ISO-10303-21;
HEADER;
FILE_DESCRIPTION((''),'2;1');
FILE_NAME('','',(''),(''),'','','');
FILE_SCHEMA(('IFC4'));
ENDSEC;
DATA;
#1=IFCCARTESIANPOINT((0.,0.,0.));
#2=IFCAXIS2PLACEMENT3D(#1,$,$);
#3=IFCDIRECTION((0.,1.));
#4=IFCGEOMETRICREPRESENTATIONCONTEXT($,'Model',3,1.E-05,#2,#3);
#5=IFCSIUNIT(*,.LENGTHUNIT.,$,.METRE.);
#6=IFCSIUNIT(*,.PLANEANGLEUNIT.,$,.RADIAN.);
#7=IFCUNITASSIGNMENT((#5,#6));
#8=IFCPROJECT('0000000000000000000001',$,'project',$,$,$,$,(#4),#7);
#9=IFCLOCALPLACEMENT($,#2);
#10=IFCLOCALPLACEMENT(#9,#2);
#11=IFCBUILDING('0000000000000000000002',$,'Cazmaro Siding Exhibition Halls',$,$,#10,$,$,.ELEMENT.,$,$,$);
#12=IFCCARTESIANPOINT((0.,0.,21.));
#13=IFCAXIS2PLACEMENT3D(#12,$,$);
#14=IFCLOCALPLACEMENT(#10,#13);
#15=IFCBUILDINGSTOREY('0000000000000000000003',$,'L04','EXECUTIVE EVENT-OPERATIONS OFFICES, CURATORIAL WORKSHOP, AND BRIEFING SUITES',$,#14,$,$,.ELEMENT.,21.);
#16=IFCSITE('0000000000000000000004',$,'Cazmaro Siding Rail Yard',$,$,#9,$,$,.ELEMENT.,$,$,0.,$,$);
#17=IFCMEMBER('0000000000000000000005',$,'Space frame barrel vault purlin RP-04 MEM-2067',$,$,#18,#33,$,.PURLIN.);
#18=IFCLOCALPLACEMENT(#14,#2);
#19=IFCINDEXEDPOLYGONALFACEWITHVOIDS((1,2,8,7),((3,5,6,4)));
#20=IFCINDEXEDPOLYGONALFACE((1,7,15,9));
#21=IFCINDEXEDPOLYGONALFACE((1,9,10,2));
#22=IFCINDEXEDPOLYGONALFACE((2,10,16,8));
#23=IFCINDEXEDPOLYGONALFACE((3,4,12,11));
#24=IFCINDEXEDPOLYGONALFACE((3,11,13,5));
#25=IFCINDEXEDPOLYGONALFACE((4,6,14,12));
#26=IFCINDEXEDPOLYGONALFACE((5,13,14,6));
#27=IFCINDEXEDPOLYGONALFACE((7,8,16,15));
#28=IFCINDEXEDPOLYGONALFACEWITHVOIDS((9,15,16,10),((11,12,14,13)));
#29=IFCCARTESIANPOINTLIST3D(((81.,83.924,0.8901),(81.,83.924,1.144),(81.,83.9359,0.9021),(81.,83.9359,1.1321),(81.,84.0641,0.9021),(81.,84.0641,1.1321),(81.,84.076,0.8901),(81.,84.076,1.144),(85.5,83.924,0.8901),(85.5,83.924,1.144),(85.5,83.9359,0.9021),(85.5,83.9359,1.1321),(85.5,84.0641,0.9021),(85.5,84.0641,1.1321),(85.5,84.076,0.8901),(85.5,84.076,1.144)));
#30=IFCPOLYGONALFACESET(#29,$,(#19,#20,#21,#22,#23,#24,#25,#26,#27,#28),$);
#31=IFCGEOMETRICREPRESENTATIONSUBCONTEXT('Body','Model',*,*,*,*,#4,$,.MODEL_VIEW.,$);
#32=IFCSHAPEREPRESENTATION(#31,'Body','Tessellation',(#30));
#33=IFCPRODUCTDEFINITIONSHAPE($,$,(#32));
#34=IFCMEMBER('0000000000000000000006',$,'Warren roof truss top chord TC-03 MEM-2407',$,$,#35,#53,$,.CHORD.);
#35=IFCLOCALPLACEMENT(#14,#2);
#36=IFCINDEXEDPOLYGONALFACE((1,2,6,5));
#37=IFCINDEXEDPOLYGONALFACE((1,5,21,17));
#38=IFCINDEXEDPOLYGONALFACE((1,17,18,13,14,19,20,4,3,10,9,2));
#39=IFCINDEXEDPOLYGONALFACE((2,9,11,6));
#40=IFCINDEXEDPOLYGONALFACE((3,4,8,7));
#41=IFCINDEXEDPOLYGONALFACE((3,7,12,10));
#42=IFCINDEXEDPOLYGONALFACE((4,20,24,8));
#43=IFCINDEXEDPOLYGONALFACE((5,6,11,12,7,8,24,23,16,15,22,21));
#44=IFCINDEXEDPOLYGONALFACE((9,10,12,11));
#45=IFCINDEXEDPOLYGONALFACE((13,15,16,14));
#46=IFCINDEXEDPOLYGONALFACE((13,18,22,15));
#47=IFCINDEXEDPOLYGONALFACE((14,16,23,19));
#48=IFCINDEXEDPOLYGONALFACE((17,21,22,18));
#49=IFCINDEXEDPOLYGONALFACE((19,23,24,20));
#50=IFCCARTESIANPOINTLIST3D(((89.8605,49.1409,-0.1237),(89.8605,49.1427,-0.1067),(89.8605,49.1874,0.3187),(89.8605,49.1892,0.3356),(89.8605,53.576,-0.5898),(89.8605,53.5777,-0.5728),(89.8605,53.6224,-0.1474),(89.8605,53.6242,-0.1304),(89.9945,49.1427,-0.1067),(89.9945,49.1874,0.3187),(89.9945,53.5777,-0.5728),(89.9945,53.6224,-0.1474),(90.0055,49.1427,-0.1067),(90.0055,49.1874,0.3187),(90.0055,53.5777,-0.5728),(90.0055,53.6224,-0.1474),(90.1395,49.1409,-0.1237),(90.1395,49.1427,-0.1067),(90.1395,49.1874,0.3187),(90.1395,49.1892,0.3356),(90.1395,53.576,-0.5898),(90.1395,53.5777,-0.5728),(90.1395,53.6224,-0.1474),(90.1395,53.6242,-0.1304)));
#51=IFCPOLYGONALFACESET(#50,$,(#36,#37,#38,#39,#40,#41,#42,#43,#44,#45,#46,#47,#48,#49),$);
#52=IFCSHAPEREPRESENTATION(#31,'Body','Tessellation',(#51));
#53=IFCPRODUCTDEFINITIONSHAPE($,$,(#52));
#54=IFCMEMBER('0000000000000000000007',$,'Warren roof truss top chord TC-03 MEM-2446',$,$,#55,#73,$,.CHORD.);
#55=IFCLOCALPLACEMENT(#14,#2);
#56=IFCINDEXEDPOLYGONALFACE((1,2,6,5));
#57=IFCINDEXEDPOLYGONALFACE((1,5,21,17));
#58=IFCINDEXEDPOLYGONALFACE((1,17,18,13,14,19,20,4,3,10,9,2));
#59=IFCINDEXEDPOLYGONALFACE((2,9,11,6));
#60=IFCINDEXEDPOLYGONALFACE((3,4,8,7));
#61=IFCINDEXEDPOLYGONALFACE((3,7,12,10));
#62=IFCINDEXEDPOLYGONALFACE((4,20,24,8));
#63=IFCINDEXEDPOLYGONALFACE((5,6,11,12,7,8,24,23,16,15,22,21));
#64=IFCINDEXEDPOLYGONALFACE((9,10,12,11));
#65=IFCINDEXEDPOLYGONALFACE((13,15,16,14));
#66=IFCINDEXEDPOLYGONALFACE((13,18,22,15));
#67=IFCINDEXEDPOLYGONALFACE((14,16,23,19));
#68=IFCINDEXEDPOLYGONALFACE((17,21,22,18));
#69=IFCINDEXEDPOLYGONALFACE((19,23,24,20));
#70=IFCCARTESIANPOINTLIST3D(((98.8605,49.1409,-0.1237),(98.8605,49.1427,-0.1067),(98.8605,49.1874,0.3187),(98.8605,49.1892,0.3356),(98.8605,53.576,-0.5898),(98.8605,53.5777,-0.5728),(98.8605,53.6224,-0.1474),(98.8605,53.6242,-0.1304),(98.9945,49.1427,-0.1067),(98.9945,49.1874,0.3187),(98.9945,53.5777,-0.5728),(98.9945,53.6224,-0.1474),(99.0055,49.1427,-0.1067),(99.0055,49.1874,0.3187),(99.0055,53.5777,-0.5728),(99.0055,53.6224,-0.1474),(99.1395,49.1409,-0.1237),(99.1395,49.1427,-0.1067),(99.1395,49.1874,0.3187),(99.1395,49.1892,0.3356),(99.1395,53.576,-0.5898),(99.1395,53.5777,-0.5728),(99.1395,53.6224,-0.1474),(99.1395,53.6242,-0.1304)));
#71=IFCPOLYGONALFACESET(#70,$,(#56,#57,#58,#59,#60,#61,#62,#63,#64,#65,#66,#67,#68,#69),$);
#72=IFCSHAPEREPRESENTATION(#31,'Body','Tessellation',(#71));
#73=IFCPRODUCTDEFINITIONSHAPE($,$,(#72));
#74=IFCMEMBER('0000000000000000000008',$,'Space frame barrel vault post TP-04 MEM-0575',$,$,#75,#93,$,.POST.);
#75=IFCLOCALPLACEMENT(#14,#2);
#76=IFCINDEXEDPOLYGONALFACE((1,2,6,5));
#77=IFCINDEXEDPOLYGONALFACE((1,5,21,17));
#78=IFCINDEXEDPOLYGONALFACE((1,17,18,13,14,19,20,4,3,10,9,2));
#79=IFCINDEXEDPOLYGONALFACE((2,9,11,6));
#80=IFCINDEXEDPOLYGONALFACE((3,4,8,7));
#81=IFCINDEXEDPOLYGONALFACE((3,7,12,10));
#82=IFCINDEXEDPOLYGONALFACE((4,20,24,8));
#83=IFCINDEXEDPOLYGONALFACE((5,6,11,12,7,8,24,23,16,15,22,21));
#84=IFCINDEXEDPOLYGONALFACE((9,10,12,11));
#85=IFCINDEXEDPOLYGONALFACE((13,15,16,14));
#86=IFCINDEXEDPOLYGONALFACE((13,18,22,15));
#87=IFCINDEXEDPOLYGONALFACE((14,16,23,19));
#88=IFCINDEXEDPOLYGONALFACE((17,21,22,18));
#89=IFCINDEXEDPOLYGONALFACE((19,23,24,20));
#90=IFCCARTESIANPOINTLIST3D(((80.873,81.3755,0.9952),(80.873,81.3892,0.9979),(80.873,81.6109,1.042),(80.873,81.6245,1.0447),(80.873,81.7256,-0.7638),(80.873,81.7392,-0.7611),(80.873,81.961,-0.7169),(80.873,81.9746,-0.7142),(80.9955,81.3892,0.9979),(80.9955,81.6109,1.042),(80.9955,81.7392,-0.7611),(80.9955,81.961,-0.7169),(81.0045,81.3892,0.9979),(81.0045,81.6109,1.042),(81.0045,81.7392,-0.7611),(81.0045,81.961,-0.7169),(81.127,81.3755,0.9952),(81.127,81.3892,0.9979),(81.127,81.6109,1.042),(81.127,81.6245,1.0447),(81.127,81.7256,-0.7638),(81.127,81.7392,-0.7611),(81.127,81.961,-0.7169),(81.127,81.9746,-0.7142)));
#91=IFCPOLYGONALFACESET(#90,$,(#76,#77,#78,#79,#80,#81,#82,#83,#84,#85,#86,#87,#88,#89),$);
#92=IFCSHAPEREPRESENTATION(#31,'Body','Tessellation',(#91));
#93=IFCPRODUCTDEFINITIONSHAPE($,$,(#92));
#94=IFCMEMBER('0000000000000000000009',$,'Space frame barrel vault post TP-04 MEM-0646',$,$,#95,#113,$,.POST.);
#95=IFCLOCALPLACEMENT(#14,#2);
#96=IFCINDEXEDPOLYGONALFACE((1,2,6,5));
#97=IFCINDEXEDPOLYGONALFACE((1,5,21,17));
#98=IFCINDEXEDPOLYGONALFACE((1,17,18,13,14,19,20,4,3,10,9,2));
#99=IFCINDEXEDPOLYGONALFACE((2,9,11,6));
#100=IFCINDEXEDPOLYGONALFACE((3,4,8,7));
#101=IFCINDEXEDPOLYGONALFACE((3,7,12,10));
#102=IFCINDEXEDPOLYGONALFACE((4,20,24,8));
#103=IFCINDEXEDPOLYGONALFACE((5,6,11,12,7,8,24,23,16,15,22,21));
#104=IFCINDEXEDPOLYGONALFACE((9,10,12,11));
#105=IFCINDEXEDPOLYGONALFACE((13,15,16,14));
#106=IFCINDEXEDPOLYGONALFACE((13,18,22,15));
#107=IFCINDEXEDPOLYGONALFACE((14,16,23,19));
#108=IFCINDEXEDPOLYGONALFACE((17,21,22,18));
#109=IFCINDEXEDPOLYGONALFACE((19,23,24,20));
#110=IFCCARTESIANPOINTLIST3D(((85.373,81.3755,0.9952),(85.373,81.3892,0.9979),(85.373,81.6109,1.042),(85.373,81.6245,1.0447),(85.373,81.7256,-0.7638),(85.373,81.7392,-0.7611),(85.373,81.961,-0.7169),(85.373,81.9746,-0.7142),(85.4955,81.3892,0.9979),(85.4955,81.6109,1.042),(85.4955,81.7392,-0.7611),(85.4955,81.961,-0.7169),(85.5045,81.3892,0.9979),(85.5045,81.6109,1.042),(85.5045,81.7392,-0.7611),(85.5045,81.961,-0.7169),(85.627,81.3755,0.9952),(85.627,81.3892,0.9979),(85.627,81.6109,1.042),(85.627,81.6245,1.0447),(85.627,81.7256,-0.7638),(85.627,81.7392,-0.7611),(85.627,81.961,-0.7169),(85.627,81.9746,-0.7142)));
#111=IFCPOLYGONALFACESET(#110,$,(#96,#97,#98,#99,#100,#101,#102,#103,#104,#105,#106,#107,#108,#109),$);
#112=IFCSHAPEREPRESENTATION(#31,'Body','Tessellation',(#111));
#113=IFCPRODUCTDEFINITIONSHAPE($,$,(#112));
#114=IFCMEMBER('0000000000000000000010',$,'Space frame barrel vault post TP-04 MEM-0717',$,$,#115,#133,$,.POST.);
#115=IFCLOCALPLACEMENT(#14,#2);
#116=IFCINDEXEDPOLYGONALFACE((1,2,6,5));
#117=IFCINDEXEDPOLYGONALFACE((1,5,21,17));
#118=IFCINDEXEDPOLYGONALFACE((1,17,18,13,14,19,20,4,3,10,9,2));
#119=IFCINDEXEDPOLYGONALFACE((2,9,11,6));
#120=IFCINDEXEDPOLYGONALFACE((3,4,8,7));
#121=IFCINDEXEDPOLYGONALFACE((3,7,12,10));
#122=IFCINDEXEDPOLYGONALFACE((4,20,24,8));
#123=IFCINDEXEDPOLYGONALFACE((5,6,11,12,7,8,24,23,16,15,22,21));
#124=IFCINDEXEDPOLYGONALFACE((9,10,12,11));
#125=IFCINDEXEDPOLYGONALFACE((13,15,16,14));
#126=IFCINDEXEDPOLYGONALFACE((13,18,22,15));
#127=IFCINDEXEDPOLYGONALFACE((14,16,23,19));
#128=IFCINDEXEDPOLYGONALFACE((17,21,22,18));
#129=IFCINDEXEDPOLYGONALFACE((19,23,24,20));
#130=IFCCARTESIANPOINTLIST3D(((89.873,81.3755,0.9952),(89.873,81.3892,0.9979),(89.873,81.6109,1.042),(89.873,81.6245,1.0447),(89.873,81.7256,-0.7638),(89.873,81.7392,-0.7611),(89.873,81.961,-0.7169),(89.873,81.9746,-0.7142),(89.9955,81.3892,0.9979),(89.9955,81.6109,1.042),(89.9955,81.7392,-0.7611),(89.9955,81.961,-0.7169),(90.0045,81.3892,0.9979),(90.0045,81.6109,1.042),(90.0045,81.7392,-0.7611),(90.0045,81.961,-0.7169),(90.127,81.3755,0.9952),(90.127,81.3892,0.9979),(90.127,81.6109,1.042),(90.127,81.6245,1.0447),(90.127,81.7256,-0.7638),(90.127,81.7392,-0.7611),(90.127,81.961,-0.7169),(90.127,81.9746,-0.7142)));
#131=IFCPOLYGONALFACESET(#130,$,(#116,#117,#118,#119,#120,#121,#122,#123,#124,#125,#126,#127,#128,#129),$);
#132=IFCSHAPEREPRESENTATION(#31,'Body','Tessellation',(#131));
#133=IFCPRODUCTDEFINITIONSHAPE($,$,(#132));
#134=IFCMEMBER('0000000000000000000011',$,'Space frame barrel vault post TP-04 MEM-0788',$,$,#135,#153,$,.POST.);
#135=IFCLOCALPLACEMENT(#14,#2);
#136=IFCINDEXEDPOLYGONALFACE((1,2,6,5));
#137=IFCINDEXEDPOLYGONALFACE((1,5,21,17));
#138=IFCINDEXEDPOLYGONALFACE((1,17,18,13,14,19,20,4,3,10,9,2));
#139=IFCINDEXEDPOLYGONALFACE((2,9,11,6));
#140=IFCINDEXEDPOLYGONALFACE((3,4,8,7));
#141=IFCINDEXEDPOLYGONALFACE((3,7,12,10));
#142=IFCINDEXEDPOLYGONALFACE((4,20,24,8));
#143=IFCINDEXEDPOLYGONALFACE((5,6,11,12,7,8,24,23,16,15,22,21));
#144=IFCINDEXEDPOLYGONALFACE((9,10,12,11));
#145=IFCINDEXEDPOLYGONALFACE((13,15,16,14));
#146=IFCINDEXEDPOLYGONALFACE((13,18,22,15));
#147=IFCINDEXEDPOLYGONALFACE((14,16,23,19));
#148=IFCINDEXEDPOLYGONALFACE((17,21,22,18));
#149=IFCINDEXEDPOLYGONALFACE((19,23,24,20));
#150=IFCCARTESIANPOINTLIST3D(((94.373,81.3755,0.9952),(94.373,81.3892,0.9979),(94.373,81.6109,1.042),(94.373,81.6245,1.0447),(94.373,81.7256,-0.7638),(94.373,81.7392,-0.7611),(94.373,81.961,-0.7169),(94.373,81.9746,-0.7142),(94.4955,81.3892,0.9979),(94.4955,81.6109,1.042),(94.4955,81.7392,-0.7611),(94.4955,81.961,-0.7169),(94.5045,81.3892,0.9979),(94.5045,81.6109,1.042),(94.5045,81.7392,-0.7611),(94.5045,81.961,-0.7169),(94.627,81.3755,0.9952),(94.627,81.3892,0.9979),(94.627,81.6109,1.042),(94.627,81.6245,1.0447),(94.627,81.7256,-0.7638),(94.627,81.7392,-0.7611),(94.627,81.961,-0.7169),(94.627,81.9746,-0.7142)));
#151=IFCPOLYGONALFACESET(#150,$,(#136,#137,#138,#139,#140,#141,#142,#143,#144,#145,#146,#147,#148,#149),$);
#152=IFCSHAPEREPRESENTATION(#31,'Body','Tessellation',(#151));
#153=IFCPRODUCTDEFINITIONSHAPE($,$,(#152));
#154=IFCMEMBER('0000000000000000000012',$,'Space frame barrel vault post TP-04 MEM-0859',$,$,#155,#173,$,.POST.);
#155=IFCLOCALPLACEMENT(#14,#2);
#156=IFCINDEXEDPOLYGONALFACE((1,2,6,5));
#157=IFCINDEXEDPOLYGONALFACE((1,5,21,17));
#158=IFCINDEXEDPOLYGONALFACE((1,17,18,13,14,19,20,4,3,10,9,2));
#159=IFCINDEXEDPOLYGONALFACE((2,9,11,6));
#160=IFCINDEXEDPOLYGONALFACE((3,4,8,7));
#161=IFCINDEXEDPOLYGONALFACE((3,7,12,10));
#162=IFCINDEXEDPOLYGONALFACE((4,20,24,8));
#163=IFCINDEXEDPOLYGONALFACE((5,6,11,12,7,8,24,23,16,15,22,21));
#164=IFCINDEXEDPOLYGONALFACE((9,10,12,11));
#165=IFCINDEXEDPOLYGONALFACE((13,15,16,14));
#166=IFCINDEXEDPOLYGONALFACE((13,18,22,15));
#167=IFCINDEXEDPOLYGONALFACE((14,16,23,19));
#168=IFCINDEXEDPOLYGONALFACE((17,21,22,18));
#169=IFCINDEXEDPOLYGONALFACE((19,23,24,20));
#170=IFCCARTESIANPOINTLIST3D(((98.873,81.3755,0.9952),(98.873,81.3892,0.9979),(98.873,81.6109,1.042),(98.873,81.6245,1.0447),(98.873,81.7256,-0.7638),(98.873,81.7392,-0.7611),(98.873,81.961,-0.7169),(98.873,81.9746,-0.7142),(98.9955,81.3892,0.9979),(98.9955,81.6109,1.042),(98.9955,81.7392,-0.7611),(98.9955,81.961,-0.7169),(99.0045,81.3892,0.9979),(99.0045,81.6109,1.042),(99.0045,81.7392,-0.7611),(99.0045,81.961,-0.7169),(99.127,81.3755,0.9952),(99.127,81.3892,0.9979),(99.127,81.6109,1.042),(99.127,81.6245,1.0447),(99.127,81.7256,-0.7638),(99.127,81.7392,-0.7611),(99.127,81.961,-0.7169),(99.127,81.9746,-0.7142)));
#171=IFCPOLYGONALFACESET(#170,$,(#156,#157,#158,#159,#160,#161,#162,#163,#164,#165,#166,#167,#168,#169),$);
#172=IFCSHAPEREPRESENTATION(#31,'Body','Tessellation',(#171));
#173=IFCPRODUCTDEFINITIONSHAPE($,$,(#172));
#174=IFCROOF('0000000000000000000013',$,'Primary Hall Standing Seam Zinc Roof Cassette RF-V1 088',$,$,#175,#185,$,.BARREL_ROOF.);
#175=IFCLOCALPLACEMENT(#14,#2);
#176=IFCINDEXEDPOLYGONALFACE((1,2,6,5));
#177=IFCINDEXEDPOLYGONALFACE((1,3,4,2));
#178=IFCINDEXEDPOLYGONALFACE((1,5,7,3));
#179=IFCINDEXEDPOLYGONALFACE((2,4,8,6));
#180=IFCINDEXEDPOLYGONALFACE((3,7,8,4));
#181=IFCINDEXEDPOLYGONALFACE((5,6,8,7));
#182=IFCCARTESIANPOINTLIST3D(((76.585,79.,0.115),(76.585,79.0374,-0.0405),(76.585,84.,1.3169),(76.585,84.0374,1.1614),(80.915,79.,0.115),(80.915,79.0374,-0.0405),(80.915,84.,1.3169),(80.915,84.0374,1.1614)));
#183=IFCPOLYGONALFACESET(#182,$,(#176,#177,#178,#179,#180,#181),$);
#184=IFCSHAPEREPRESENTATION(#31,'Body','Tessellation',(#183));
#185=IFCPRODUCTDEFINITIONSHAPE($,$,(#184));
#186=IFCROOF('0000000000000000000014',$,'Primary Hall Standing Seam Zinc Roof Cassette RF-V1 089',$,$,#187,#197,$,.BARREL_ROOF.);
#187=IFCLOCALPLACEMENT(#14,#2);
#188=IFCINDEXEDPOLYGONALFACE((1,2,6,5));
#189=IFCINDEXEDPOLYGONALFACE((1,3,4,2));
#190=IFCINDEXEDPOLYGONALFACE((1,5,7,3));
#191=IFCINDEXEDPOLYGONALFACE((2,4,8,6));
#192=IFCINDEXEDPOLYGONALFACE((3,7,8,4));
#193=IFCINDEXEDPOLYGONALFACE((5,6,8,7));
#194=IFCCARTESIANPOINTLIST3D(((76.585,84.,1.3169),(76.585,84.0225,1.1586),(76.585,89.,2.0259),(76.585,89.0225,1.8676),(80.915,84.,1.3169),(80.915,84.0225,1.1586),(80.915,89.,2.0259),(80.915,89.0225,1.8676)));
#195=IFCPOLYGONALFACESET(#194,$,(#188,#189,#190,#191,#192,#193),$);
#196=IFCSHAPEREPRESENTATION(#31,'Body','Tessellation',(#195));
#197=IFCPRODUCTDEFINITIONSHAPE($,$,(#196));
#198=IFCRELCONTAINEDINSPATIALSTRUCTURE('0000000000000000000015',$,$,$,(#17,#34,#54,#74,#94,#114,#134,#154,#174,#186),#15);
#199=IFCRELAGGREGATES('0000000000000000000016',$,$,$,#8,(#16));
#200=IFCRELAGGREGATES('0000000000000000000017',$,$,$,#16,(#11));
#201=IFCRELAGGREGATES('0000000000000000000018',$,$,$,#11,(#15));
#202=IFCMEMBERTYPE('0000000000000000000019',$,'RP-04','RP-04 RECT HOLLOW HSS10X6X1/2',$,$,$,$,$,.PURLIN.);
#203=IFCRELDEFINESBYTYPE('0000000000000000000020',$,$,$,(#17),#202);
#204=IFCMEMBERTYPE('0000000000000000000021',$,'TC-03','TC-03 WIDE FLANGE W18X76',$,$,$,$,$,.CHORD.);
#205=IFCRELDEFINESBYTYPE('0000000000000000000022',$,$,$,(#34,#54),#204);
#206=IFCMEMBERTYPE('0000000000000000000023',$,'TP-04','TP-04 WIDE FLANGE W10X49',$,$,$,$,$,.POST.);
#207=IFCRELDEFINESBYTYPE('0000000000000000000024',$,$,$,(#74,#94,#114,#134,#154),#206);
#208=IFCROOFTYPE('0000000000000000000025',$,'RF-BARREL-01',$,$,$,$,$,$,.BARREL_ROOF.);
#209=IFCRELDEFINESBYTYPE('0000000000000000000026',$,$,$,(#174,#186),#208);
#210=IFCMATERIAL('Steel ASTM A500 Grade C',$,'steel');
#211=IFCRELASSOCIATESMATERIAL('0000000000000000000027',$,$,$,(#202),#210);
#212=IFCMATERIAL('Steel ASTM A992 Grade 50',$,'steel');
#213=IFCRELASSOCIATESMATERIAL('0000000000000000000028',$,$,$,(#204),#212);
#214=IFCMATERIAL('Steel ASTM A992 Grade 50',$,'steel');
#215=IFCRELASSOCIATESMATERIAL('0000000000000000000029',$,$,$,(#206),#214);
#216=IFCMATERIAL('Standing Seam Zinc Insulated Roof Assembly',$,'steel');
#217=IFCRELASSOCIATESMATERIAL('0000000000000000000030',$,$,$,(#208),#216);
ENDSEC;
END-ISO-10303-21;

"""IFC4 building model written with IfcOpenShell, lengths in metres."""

from ifc_helpers import new_model, si_unit, direction, frame, origin, origin_2d, place, context, subcontext, project, spatial, polyline, hollow_rectangle, i_section, outline, extrude, material, material_profile, profile_set, type_object, element, save


model = new_model("IFC4")

# Units and contexts
model_context = context("Model", 3, precision=1e-05, world=origin(), true_north=direction((0.0, 1.0)))
body_context = subcontext(model_context, "Body", "Model", "MODEL_VIEW")
ifc_project = project(units=[si_unit("LENGTHUNIT", "METRE"), si_unit("PLANEANGLEUNIT", "RADIAN")], contexts=[model_context])

# Site, building, storey
site_placement = place(None, origin())
site = spatial("IfcSite", under=ifc_project, at=site_placement, Name="Cazmaro Siding Rail Yard", CompositionType="ELEMENT", RefElevation=0.0)
building_placement = place(site_placement, origin())
building = spatial("IfcBuilding", under=site, at=building_placement, Name="Cazmaro Siding Exhibition Halls", CompositionType="ELEMENT")
storey_placement = place(building_placement, frame((0.0, 0.0, 21.0)))
storey = spatial("IfcBuildingStorey", under=building, at=storey_placement, Name="L04", Description="EXECUTIVE EVENT-OPERATIONS OFFICES, CURATORIAL WORKSHOP, AND BRIEFING SUITES", CompositionType="ELEMENT", Elevation=21.0)

# Members
ifc_material_1 = material(Name="Steel ASTM A500 Grade C", Category="steel")
ifc_material_profile_1 = material_profile(ifc_material_1, hollow_rectangle(XDim=0.1521, YDim=0.2539, WallThickness=0.012, at=origin_2d()), Name="HSS10X6X1/2")
ifc_profile_set_1 = profile_set([ifc_material_profile_1], Name="Steel ASTM A500 Grade C")
member_type_1 = type_object("IfcMemberType", Name="RP-04", Description="RP-04 RECT HOLLOW HSS10X6X1/2", PredefinedType="PURLIN", material=ifc_profile_set_1)
for number, where, z_axis, x_axis, name in (
    (1, (81.0, 84.0, 1.0171), (1.0, 0.0, 0.0), (0.0, 1.0, 0.0), "Space frame barrel vault purlin RP-04 MEM-2067"),
):
    element("IfcMember", number, at=place(storey_placement, frame(where, z_axis=z_axis, x_axis=x_axis)), inside=storey, type_object=member_type_1, Name=name, PredefinedType="PURLIN", context=body_context, shape_type="SweptSolid", body=[
        extrude(hollow_rectangle(XDim=0.1521, YDim=0.2539, WallThickness=0.012, at=origin_2d()), origin(), (0.0, 0.0, 1.0), 4.5),
    ])
ifc_material_2 = material(Name="Steel ASTM A992 Grade 50", Category="steel")
ifc_material_profile_2 = material_profile(ifc_material_2, i_section(OverallWidth=0.2791, OverallDepth=0.4619, WebThickness=0.011, FlangeThickness=0.0171, at=origin_2d()), Name="W18X76")
ifc_profile_set_2 = profile_set([ifc_material_profile_2], Name="Steel ASTM A992 Grade 50")
member_type_2 = type_object("IfcMemberType", Name="TC-03", Description="TC-03 WIDE FLANGE W18X76", PredefinedType="CHORD", material=ifc_profile_set_2)
for number, where, z_axis, x_axis, name in (
    (2, (90.0, 49.165, 0.106), (0.0, 0.994524, -0.104511), (-1.0, 0.0, 0.0), "Warren roof truss top chord TC-03 MEM-2407"),
    (3, (99.0, 49.165, 0.106), (0.0, 0.994524, -0.104511), (-1.0, 0.0, 0.0), "Warren roof truss top chord TC-03 MEM-2446"),
):
    element("IfcMember", number, at=place(storey_placement, frame(where, z_axis=z_axis, x_axis=x_axis)), inside=storey, type_object=member_type_2, Name=name, PredefinedType="CHORD", context=body_context, shape_type="SweptSolid", body=[
        extrude(i_section(OverallWidth=0.2791, OverallDepth=0.4619, WebThickness=0.011, FlangeThickness=0.0171, at=origin_2d()), origin(), (0.0, 0.0, 1.0), 4.4595),
    ])
ifc_material_3 = material(Name="Steel ASTM A992 Grade 50", Category="steel")
ifc_material_profile_3 = material_profile(ifc_material_3, i_section(OverallWidth=0.2539, OverallDepth=0.2539, WebThickness=0.009, FlangeThickness=0.0139, at=origin_2d()), Name="W10X49")
ifc_profile_set_3 = profile_set([ifc_material_profile_3], Name="Steel ASTM A992 Grade 50")
member_type_3 = type_object("IfcMemberType", Name="TP-04", Description="TP-04 WIDE FLANGE W10X49", PredefinedType="POST", material=ifc_profile_set_3)
for number, where, z_axis, x_axis, name in (
    (4, (81.0, 81.8501, -0.739), (0.0, -0.1952, 0.980763), (1.0, 0.0, 0.0), "Space frame barrel vault post TP-04 MEM-0575"),
    (5, (85.5, 81.8501, -0.739), (0.0, -0.1952, 0.980763), (1.0, 0.0, 0.0), "Space frame barrel vault post TP-04 MEM-0646"),
    (6, (90.0, 81.8501, -0.739), (0.0, -0.1952, 0.980763), (1.0, 0.0, 0.0), "Space frame barrel vault post TP-04 MEM-0717"),
    (7, (94.5, 81.8501, -0.739), (0.0, -0.1952, 0.980763), (1.0, 0.0, 0.0), "Space frame barrel vault post TP-04 MEM-0788"),
    (8, (99.0, 81.8501, -0.739), (0.0, -0.1952, 0.980763), (1.0, 0.0, 0.0), "Space frame barrel vault post TP-04 MEM-0859"),
):
    element("IfcMember", number, at=place(storey_placement, frame(where, z_axis=z_axis, x_axis=x_axis)), inside=storey, type_object=member_type_3, Name=name, PredefinedType="POST", context=body_context, shape_type="SweptSolid", body=[
        extrude(i_section(OverallWidth=0.2539, OverallDepth=0.2539, WebThickness=0.009, FlangeThickness=0.0139, at=origin_2d()), origin(), (0.0, 0.0, 1.0), 1.7935),
    ])

# Roofs
ifc_material_4 = material(Name="Standing Seam Zinc Insulated Roof Assembly", Category="steel")
roof_type = type_object("IfcRoofType", Name="RF-BARREL-01", PredefinedType="BARREL_ROOF", material=ifc_material_4)
roof_1_placement = place(storey_placement, frame((76.585, 79.0, 0.115), z_axis=(0.0, -0.233723, 0.972303), x_axis=(1.0, 0.0, 0.0)))
element("IfcRoof", 9, at=roof_1_placement, inside=storey, type_object=roof_type, Name="Primary Hall Standing Seam Zinc Roof Cassette RF-V1 088", PredefinedType="BARREL_ROOF", context=body_context, shape_type="SweptSolid", body=[
    extrude(outline(polyline([(0.0, 0.0), (4.3301, 0.0), (4.3301, 5.1424), (0.0, 5.1424), (0.0, 0.0)])), origin(), (0.0, 0.0, -1.0), 0.1599),
])
roof_2_placement = place(storey_placement, frame((76.585, 84.0, 1.3169), z_axis=(0.0, -0.140393, 0.990096), x_axis=(1.0, 0.0, 0.0)))
element("IfcRoof", 10, at=roof_2_placement, inside=storey, type_object=roof_type, Name="Primary Hall Standing Seam Zinc Roof Cassette RF-V1 089", PredefinedType="BARREL_ROOF", context=body_context, shape_type="SweptSolid", body=[
    extrude(outline(polyline([(0.0, 0.0), (4.3301, 0.0), (4.3301, 5.05), (0.0, 5.05), (0.0, 0.0)])), origin(), (0.0, 0.0, -1.0), 0.1599),
])

save(model, "model.ifc")
